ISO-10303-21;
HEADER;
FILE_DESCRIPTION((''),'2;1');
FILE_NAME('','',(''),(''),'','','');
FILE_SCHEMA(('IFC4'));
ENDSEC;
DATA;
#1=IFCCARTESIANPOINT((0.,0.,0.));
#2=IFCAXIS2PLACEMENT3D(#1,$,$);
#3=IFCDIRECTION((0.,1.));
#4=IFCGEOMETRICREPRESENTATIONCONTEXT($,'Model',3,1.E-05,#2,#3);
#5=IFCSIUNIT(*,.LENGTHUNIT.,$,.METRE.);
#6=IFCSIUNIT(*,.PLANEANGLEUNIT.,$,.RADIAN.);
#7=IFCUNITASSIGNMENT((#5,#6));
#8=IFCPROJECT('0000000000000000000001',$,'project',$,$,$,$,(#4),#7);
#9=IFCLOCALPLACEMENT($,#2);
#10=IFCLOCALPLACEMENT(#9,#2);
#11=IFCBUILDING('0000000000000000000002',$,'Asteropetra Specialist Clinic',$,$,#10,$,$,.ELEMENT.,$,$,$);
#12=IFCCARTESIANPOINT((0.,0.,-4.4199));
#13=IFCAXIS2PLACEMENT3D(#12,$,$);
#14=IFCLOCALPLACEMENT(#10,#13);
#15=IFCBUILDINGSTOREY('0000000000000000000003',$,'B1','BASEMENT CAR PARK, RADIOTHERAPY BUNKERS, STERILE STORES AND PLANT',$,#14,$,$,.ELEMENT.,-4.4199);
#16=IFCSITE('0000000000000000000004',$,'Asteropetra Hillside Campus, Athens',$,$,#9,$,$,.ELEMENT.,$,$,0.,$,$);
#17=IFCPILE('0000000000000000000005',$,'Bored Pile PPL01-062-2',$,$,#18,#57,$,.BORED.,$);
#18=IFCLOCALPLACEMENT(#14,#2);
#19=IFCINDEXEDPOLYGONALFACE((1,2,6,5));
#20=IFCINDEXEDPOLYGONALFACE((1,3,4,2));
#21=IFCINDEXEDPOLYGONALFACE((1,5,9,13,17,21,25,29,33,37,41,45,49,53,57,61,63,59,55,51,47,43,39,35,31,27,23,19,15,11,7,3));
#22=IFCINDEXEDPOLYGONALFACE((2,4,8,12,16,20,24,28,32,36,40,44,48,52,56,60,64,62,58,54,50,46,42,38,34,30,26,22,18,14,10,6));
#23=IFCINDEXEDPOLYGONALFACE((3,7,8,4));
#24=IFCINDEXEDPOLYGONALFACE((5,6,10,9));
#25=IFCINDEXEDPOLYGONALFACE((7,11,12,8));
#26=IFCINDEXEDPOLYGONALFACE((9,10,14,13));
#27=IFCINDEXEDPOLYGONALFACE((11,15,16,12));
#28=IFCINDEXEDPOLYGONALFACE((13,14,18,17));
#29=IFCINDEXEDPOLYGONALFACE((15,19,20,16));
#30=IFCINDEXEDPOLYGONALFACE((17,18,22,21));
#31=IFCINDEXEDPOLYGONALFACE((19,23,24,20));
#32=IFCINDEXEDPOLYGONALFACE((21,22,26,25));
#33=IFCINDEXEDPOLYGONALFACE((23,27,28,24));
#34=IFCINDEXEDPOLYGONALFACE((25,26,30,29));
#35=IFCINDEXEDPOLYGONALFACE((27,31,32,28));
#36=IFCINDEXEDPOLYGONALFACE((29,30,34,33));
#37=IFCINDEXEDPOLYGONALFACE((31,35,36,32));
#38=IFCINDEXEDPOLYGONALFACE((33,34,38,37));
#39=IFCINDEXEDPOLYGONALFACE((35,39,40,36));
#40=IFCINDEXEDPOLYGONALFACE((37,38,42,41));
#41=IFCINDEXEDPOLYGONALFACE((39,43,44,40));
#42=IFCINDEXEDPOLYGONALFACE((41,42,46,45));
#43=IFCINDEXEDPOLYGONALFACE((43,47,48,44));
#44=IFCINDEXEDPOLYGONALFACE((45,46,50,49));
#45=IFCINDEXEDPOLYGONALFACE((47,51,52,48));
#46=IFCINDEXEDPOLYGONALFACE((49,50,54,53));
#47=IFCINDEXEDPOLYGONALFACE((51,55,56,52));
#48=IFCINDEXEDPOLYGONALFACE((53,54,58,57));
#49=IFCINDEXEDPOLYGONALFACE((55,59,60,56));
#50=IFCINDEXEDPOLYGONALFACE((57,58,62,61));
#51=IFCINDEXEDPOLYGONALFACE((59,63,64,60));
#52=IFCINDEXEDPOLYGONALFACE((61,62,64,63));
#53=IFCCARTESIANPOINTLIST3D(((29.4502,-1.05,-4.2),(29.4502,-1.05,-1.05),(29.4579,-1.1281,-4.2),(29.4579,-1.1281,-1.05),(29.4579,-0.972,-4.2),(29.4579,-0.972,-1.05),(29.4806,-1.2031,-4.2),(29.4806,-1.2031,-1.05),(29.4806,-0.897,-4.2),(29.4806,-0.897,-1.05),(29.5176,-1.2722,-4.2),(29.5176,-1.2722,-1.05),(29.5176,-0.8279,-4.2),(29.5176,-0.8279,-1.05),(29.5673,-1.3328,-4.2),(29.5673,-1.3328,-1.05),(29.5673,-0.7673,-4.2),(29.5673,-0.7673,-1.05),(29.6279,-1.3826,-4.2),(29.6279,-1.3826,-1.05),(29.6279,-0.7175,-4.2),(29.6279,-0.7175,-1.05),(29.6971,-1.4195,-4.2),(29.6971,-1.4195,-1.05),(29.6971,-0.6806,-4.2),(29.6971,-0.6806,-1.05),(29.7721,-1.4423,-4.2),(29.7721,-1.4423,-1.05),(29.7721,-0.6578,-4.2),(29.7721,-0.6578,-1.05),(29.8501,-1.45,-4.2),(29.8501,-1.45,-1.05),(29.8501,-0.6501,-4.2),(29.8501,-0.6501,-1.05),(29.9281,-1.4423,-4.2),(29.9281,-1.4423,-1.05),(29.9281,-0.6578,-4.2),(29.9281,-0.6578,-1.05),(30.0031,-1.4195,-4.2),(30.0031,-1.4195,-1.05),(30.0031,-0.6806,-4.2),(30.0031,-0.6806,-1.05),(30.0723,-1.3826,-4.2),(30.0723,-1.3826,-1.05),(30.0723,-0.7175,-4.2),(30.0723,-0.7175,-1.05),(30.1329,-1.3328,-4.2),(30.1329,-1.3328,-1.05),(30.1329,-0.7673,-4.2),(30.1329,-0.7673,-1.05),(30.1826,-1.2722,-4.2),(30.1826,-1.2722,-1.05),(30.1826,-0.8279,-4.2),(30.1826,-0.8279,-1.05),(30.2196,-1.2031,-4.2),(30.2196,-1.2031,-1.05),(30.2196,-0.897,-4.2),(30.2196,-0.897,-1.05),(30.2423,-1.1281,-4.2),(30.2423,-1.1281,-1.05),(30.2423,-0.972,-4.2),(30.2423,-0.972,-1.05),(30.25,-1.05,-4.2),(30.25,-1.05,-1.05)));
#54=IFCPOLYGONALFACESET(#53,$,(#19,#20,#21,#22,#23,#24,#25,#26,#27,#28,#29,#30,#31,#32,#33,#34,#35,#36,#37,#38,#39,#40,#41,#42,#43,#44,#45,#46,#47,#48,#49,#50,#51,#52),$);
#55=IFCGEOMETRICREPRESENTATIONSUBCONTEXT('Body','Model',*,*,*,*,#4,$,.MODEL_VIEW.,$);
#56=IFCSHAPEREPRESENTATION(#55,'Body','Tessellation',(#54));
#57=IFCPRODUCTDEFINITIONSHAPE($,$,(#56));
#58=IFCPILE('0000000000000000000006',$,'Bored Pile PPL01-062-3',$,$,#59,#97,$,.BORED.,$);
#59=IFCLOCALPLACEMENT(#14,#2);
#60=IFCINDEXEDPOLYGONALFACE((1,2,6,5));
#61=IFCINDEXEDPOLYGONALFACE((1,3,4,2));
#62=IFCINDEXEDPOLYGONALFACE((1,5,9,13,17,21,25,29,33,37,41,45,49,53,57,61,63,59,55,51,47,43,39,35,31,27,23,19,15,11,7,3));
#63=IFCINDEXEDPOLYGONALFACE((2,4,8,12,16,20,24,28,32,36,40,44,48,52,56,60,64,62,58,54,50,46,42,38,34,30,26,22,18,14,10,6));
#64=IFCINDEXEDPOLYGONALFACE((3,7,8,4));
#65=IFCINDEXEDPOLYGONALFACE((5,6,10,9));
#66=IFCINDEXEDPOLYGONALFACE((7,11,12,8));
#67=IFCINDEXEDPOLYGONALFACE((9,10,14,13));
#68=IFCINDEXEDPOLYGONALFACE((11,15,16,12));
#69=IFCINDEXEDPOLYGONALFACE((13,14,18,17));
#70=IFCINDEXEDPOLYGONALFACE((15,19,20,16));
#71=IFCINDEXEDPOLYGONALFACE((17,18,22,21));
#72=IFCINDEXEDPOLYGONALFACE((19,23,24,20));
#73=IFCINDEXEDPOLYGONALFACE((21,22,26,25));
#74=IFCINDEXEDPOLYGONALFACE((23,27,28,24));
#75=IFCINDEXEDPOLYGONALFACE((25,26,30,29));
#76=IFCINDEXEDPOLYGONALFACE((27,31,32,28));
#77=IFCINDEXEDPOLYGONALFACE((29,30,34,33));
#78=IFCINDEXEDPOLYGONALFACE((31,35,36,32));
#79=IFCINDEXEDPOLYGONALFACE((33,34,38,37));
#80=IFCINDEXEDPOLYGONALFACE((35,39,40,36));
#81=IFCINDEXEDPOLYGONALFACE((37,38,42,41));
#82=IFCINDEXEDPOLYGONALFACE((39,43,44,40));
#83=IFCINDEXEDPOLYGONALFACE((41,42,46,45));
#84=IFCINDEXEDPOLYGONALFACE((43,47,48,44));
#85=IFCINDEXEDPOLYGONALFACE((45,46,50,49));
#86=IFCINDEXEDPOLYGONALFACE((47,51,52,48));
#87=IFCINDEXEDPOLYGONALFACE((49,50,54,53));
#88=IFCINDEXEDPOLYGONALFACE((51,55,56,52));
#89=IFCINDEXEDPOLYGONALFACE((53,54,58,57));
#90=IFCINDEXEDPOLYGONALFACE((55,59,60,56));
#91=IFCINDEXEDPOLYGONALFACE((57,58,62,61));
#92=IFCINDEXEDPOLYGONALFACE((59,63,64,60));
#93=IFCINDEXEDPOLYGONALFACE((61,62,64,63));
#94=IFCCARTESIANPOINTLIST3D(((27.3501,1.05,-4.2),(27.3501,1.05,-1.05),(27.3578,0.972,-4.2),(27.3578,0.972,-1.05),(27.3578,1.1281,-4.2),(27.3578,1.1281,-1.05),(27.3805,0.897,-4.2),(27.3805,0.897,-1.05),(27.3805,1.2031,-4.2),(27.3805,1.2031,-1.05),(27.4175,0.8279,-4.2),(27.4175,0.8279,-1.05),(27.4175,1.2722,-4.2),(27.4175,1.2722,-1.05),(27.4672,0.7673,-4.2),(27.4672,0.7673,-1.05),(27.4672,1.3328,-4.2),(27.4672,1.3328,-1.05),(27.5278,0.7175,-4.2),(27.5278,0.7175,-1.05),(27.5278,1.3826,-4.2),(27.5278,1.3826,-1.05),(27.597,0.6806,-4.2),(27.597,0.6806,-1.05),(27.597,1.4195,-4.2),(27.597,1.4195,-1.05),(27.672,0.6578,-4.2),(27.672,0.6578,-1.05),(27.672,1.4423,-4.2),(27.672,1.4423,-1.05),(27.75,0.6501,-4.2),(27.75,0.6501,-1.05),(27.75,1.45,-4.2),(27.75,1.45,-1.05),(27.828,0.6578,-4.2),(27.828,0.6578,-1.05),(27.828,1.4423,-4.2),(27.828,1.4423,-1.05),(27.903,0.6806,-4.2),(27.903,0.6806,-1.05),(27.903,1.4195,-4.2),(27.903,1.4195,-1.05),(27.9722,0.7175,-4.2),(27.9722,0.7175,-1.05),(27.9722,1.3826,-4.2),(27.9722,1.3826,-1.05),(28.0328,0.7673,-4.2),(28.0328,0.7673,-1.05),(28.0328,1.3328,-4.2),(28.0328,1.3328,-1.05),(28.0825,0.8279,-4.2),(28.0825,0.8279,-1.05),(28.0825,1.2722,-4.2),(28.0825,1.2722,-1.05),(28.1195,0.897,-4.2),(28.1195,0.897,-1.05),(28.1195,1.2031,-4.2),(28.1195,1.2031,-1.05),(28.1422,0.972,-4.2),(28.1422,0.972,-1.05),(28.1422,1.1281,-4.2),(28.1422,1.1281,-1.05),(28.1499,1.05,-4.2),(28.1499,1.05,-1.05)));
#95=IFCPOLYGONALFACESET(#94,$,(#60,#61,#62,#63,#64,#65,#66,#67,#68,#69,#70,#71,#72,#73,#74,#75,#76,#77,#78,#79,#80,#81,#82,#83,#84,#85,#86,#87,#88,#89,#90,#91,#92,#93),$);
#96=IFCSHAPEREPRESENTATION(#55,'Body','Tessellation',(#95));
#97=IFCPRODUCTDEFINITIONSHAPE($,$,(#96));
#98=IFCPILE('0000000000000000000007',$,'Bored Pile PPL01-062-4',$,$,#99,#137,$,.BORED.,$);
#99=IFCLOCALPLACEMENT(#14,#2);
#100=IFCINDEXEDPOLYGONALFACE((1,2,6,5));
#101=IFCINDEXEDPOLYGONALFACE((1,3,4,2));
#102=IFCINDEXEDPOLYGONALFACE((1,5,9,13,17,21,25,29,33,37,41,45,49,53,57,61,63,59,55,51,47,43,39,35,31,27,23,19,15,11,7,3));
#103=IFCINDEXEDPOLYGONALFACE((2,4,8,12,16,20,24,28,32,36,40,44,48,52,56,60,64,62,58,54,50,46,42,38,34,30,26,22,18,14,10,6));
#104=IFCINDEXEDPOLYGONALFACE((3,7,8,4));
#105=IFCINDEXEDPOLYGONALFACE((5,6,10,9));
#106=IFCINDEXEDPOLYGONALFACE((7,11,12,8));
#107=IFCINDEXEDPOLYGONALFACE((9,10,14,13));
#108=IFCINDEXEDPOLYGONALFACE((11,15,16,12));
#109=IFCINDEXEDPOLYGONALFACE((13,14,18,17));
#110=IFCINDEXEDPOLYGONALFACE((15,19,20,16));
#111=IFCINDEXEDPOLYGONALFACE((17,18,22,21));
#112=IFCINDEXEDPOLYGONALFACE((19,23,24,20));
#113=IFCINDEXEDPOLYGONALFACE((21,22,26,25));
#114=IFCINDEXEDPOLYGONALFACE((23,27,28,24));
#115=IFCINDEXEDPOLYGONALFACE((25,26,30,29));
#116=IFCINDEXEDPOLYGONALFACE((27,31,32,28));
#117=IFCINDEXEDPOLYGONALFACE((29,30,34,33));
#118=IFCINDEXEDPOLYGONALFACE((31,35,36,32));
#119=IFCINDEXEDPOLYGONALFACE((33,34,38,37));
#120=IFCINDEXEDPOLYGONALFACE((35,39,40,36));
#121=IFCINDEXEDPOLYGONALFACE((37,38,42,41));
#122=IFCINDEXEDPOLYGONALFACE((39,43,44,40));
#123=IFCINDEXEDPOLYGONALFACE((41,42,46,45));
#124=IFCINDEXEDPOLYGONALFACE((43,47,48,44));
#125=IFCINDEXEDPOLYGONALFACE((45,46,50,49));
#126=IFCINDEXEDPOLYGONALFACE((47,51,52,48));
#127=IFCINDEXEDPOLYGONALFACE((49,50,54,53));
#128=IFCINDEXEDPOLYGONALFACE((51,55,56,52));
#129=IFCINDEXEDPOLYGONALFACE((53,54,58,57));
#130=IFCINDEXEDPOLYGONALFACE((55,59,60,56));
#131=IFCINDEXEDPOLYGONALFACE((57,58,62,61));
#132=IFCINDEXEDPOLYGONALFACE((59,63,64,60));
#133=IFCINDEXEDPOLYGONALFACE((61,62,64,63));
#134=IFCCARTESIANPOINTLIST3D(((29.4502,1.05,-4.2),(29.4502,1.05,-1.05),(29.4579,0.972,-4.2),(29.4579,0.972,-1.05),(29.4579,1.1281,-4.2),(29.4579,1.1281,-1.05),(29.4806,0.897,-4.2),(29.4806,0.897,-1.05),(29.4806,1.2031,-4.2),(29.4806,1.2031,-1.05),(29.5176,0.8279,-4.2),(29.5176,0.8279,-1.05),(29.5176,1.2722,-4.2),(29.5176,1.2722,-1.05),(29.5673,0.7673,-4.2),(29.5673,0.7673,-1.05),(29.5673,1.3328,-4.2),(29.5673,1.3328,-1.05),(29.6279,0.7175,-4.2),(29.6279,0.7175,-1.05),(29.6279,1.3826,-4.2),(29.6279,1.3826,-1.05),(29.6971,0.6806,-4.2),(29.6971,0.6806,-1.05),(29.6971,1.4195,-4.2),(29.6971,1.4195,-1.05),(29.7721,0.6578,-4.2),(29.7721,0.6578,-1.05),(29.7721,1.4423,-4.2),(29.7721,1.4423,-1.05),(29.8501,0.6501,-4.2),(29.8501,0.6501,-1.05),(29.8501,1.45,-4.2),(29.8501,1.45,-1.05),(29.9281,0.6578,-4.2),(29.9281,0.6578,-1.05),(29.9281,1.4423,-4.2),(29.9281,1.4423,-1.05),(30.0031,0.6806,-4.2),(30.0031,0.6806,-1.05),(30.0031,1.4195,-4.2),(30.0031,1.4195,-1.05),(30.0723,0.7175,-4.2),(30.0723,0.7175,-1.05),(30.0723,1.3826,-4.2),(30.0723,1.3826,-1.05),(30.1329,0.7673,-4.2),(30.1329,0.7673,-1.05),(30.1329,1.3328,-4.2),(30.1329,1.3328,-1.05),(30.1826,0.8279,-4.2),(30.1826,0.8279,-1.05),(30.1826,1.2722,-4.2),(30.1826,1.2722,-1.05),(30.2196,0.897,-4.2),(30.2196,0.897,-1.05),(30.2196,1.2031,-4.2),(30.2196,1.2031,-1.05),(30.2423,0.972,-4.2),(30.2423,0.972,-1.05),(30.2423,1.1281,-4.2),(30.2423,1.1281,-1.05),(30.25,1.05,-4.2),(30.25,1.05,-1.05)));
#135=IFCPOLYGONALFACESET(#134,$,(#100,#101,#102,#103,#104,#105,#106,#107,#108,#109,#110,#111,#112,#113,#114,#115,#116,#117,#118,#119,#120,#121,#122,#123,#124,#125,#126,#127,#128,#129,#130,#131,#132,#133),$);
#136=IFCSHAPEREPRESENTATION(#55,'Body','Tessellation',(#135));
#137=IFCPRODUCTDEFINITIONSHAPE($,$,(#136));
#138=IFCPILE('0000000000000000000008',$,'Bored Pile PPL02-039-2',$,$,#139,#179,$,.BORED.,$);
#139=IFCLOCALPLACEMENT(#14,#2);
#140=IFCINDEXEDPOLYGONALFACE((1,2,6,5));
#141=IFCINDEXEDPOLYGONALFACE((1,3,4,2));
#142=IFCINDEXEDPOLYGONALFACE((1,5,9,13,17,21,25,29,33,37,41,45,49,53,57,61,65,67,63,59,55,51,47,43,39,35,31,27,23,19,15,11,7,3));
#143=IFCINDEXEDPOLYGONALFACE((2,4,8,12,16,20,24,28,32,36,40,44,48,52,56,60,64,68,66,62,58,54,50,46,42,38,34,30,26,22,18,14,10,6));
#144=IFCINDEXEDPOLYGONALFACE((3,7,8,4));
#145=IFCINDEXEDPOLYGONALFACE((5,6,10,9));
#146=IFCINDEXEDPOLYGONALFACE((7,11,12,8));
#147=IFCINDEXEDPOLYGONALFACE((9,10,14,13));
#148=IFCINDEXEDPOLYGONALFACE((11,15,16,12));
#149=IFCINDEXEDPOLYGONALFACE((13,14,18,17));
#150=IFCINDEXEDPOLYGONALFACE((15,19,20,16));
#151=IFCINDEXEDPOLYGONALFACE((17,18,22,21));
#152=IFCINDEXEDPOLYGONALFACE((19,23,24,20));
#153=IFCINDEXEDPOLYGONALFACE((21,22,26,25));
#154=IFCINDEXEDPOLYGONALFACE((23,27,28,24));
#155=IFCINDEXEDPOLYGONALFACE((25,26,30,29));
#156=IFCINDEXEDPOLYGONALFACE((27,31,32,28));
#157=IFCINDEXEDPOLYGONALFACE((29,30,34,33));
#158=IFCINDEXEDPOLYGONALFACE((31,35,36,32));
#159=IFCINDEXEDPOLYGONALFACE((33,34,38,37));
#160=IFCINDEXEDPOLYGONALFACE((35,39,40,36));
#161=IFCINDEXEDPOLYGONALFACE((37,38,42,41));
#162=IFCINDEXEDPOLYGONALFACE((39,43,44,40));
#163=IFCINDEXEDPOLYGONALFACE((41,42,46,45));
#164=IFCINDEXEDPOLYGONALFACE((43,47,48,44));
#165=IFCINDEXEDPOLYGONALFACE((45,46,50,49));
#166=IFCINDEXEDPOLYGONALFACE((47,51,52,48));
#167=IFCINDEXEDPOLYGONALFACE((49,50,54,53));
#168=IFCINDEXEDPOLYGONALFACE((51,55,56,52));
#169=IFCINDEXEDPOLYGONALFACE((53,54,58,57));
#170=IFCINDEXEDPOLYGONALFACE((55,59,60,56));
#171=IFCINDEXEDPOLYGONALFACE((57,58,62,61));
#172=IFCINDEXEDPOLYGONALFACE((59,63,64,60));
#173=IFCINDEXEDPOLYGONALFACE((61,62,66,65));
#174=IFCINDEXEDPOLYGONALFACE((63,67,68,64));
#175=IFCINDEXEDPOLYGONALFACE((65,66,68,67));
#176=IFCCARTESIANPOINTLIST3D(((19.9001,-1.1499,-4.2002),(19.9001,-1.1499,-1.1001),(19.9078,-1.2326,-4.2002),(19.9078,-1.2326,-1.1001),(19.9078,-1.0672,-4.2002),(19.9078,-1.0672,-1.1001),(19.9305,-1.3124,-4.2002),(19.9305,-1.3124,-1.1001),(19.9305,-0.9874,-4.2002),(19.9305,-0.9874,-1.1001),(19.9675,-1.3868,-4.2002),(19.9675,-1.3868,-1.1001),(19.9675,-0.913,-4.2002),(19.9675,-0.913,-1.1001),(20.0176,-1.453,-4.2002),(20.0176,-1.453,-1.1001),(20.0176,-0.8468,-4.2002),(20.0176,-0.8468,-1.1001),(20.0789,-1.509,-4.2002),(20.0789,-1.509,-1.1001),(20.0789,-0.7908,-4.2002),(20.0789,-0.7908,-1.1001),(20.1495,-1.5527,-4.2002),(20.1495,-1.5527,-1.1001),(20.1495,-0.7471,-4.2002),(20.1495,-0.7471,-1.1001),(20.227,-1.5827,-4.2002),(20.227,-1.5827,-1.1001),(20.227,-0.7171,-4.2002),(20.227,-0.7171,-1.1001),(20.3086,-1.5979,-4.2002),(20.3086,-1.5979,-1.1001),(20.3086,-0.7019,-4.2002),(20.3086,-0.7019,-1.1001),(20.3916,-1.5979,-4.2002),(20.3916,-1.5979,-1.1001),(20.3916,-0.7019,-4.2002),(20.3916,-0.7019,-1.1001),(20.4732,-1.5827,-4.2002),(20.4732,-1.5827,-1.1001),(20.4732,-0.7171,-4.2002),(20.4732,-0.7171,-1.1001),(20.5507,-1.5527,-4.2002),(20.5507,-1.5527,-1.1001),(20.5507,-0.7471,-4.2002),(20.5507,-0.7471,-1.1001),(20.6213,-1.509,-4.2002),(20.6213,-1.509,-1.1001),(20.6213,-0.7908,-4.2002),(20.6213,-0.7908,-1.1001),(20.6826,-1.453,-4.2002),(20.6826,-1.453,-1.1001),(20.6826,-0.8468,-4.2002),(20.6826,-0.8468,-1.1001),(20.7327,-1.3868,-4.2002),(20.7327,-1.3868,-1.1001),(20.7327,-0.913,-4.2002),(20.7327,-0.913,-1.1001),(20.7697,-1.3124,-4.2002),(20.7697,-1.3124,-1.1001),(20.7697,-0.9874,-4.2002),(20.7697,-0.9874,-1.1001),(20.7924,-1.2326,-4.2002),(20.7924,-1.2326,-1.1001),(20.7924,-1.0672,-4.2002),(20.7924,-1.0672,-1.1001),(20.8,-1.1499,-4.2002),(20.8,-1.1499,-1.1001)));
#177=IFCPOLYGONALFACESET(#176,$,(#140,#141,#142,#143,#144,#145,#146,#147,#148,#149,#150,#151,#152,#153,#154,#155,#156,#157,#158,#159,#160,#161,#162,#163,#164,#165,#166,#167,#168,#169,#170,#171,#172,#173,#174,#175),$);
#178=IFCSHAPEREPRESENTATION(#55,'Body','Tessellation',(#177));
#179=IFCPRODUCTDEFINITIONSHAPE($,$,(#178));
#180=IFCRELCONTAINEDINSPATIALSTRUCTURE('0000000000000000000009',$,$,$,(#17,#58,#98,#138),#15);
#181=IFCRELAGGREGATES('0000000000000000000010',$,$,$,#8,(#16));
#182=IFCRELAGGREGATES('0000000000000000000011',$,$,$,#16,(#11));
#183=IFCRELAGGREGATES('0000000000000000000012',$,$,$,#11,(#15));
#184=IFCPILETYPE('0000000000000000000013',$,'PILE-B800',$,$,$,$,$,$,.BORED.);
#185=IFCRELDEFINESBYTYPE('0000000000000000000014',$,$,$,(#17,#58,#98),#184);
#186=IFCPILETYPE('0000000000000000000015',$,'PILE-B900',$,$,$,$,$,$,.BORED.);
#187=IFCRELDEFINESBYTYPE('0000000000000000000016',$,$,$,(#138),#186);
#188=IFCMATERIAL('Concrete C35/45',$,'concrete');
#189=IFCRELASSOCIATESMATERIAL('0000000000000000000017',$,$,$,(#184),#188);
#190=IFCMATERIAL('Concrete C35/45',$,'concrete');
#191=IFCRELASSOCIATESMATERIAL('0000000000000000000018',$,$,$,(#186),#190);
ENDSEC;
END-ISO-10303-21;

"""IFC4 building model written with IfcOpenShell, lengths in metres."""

from ifc_helpers import new_model, si_unit, direction, frame, origin, origin_2d, place, context, subcontext, project, spatial, circle, extrude, material, material_profile, profile_set, type_object, element, save


model = new_model("IFC4")

# Units and contexts
model_context = context("Model", 3, precision=1e-05, world=origin(), true_north=direction((0.0, 1.0)))
body_context = subcontext(model_context, "Body", "Model", "MODEL_VIEW")
ifc_project = project(units=[si_unit("LENGTHUNIT", "METRE"), si_unit("PLANEANGLEUNIT", "RADIAN")], contexts=[model_context])

# Site, building, storey
site_placement = place(None, origin())
site = spatial("IfcSite", under=ifc_project, at=site_placement, Name="Asteropetra Hillside Campus, Athens", CompositionType="ELEMENT", RefElevation=0.0)
building_placement = place(site_placement, origin())
building = spatial("IfcBuilding", under=site, at=building_placement, Name="Asteropetra Specialist Clinic", CompositionType="ELEMENT")
storey_placement = place(building_placement, frame((0.0, 0.0, -4.4199)))
storey = spatial("IfcBuildingStorey", under=building, at=storey_placement, Name="B1", Description="BASEMENT CAR PARK, RADIOTHERAPY BUNKERS, STERILE STORES AND PLANT", CompositionType="ELEMENT", Elevation=-4.4199)

# Piles
ifc_material_1 = material(Name="Concrete C35/45", Category="concrete")
ifc_material_profile_1 = material_profile(ifc_material_1, circle(Radius=0.3999, at=origin_2d()), Name="PILE D800")
ifc_profile_set_1 = profile_set([ifc_material_profile_1], Name="Concrete C35/45")
pile_type_1 = type_object("IfcPileType", Name="PILE-B800", PredefinedType="BORED", material=ifc_profile_set_1)
for number, where, z_axis, x_axis, name in (
    (1, (29.8501, -1.05, -1.05), (0.0, 0.0, -1.0), (1.0, 0.0, 0.0), "Bored Pile PPL01-062-2"),
    (2, (27.75, 1.05, -1.05), (0.0, 0.0, -1.0), (1.0, 0.0, 0.0), "Bored Pile PPL01-062-3"),
    (3, (29.8501, 1.05, -1.05), (0.0, 0.0, -1.0), (1.0, 0.0, 0.0), "Bored Pile PPL01-062-4"),
):
    element("IfcPile", number, at=place(storey_placement, frame(where, z_axis=z_axis, x_axis=x_axis)), inside=storey, type_object=pile_type_1, Name=name, PredefinedType="BORED", context=body_context, shape_type="SweptSolid", body=[
        extrude(circle(Radius=0.3999, at=origin_2d()), origin(), (0.0, 0.0, 1.0), 3.1499),
    ])
ifc_material_2 = material(Name="Concrete C35/45", Category="concrete")
ifc_material_profile_2 = material_profile(ifc_material_2, circle(Radius=0.45, at=origin_2d()), Name="PILE D900")
ifc_profile_set_2 = profile_set([ifc_material_profile_2], Name="Concrete C35/45")
pile_type_2 = type_object("IfcPileType", Name="PILE-B900", PredefinedType="BORED", material=ifc_profile_set_2)
for number, where, z_axis, x_axis, name in (
    (4, (20.3501, -1.1499, -1.1001), (0.0, 0.0, -1.0), (1.0, 0.0, 0.0), "Bored Pile PPL02-039-2"),
):
    element("IfcPile", number, at=place(storey_placement, frame(where, z_axis=z_axis, x_axis=x_axis)), inside=storey, type_object=pile_type_2, Name=name, PredefinedType="BORED", context=body_context, shape_type="SweptSolid", body=[
        extrude(circle(Radius=0.45, at=origin_2d()), origin(), (0.0, 0.0, 1.0), 3.1001),
    ])

save(model, "model.ifc")
